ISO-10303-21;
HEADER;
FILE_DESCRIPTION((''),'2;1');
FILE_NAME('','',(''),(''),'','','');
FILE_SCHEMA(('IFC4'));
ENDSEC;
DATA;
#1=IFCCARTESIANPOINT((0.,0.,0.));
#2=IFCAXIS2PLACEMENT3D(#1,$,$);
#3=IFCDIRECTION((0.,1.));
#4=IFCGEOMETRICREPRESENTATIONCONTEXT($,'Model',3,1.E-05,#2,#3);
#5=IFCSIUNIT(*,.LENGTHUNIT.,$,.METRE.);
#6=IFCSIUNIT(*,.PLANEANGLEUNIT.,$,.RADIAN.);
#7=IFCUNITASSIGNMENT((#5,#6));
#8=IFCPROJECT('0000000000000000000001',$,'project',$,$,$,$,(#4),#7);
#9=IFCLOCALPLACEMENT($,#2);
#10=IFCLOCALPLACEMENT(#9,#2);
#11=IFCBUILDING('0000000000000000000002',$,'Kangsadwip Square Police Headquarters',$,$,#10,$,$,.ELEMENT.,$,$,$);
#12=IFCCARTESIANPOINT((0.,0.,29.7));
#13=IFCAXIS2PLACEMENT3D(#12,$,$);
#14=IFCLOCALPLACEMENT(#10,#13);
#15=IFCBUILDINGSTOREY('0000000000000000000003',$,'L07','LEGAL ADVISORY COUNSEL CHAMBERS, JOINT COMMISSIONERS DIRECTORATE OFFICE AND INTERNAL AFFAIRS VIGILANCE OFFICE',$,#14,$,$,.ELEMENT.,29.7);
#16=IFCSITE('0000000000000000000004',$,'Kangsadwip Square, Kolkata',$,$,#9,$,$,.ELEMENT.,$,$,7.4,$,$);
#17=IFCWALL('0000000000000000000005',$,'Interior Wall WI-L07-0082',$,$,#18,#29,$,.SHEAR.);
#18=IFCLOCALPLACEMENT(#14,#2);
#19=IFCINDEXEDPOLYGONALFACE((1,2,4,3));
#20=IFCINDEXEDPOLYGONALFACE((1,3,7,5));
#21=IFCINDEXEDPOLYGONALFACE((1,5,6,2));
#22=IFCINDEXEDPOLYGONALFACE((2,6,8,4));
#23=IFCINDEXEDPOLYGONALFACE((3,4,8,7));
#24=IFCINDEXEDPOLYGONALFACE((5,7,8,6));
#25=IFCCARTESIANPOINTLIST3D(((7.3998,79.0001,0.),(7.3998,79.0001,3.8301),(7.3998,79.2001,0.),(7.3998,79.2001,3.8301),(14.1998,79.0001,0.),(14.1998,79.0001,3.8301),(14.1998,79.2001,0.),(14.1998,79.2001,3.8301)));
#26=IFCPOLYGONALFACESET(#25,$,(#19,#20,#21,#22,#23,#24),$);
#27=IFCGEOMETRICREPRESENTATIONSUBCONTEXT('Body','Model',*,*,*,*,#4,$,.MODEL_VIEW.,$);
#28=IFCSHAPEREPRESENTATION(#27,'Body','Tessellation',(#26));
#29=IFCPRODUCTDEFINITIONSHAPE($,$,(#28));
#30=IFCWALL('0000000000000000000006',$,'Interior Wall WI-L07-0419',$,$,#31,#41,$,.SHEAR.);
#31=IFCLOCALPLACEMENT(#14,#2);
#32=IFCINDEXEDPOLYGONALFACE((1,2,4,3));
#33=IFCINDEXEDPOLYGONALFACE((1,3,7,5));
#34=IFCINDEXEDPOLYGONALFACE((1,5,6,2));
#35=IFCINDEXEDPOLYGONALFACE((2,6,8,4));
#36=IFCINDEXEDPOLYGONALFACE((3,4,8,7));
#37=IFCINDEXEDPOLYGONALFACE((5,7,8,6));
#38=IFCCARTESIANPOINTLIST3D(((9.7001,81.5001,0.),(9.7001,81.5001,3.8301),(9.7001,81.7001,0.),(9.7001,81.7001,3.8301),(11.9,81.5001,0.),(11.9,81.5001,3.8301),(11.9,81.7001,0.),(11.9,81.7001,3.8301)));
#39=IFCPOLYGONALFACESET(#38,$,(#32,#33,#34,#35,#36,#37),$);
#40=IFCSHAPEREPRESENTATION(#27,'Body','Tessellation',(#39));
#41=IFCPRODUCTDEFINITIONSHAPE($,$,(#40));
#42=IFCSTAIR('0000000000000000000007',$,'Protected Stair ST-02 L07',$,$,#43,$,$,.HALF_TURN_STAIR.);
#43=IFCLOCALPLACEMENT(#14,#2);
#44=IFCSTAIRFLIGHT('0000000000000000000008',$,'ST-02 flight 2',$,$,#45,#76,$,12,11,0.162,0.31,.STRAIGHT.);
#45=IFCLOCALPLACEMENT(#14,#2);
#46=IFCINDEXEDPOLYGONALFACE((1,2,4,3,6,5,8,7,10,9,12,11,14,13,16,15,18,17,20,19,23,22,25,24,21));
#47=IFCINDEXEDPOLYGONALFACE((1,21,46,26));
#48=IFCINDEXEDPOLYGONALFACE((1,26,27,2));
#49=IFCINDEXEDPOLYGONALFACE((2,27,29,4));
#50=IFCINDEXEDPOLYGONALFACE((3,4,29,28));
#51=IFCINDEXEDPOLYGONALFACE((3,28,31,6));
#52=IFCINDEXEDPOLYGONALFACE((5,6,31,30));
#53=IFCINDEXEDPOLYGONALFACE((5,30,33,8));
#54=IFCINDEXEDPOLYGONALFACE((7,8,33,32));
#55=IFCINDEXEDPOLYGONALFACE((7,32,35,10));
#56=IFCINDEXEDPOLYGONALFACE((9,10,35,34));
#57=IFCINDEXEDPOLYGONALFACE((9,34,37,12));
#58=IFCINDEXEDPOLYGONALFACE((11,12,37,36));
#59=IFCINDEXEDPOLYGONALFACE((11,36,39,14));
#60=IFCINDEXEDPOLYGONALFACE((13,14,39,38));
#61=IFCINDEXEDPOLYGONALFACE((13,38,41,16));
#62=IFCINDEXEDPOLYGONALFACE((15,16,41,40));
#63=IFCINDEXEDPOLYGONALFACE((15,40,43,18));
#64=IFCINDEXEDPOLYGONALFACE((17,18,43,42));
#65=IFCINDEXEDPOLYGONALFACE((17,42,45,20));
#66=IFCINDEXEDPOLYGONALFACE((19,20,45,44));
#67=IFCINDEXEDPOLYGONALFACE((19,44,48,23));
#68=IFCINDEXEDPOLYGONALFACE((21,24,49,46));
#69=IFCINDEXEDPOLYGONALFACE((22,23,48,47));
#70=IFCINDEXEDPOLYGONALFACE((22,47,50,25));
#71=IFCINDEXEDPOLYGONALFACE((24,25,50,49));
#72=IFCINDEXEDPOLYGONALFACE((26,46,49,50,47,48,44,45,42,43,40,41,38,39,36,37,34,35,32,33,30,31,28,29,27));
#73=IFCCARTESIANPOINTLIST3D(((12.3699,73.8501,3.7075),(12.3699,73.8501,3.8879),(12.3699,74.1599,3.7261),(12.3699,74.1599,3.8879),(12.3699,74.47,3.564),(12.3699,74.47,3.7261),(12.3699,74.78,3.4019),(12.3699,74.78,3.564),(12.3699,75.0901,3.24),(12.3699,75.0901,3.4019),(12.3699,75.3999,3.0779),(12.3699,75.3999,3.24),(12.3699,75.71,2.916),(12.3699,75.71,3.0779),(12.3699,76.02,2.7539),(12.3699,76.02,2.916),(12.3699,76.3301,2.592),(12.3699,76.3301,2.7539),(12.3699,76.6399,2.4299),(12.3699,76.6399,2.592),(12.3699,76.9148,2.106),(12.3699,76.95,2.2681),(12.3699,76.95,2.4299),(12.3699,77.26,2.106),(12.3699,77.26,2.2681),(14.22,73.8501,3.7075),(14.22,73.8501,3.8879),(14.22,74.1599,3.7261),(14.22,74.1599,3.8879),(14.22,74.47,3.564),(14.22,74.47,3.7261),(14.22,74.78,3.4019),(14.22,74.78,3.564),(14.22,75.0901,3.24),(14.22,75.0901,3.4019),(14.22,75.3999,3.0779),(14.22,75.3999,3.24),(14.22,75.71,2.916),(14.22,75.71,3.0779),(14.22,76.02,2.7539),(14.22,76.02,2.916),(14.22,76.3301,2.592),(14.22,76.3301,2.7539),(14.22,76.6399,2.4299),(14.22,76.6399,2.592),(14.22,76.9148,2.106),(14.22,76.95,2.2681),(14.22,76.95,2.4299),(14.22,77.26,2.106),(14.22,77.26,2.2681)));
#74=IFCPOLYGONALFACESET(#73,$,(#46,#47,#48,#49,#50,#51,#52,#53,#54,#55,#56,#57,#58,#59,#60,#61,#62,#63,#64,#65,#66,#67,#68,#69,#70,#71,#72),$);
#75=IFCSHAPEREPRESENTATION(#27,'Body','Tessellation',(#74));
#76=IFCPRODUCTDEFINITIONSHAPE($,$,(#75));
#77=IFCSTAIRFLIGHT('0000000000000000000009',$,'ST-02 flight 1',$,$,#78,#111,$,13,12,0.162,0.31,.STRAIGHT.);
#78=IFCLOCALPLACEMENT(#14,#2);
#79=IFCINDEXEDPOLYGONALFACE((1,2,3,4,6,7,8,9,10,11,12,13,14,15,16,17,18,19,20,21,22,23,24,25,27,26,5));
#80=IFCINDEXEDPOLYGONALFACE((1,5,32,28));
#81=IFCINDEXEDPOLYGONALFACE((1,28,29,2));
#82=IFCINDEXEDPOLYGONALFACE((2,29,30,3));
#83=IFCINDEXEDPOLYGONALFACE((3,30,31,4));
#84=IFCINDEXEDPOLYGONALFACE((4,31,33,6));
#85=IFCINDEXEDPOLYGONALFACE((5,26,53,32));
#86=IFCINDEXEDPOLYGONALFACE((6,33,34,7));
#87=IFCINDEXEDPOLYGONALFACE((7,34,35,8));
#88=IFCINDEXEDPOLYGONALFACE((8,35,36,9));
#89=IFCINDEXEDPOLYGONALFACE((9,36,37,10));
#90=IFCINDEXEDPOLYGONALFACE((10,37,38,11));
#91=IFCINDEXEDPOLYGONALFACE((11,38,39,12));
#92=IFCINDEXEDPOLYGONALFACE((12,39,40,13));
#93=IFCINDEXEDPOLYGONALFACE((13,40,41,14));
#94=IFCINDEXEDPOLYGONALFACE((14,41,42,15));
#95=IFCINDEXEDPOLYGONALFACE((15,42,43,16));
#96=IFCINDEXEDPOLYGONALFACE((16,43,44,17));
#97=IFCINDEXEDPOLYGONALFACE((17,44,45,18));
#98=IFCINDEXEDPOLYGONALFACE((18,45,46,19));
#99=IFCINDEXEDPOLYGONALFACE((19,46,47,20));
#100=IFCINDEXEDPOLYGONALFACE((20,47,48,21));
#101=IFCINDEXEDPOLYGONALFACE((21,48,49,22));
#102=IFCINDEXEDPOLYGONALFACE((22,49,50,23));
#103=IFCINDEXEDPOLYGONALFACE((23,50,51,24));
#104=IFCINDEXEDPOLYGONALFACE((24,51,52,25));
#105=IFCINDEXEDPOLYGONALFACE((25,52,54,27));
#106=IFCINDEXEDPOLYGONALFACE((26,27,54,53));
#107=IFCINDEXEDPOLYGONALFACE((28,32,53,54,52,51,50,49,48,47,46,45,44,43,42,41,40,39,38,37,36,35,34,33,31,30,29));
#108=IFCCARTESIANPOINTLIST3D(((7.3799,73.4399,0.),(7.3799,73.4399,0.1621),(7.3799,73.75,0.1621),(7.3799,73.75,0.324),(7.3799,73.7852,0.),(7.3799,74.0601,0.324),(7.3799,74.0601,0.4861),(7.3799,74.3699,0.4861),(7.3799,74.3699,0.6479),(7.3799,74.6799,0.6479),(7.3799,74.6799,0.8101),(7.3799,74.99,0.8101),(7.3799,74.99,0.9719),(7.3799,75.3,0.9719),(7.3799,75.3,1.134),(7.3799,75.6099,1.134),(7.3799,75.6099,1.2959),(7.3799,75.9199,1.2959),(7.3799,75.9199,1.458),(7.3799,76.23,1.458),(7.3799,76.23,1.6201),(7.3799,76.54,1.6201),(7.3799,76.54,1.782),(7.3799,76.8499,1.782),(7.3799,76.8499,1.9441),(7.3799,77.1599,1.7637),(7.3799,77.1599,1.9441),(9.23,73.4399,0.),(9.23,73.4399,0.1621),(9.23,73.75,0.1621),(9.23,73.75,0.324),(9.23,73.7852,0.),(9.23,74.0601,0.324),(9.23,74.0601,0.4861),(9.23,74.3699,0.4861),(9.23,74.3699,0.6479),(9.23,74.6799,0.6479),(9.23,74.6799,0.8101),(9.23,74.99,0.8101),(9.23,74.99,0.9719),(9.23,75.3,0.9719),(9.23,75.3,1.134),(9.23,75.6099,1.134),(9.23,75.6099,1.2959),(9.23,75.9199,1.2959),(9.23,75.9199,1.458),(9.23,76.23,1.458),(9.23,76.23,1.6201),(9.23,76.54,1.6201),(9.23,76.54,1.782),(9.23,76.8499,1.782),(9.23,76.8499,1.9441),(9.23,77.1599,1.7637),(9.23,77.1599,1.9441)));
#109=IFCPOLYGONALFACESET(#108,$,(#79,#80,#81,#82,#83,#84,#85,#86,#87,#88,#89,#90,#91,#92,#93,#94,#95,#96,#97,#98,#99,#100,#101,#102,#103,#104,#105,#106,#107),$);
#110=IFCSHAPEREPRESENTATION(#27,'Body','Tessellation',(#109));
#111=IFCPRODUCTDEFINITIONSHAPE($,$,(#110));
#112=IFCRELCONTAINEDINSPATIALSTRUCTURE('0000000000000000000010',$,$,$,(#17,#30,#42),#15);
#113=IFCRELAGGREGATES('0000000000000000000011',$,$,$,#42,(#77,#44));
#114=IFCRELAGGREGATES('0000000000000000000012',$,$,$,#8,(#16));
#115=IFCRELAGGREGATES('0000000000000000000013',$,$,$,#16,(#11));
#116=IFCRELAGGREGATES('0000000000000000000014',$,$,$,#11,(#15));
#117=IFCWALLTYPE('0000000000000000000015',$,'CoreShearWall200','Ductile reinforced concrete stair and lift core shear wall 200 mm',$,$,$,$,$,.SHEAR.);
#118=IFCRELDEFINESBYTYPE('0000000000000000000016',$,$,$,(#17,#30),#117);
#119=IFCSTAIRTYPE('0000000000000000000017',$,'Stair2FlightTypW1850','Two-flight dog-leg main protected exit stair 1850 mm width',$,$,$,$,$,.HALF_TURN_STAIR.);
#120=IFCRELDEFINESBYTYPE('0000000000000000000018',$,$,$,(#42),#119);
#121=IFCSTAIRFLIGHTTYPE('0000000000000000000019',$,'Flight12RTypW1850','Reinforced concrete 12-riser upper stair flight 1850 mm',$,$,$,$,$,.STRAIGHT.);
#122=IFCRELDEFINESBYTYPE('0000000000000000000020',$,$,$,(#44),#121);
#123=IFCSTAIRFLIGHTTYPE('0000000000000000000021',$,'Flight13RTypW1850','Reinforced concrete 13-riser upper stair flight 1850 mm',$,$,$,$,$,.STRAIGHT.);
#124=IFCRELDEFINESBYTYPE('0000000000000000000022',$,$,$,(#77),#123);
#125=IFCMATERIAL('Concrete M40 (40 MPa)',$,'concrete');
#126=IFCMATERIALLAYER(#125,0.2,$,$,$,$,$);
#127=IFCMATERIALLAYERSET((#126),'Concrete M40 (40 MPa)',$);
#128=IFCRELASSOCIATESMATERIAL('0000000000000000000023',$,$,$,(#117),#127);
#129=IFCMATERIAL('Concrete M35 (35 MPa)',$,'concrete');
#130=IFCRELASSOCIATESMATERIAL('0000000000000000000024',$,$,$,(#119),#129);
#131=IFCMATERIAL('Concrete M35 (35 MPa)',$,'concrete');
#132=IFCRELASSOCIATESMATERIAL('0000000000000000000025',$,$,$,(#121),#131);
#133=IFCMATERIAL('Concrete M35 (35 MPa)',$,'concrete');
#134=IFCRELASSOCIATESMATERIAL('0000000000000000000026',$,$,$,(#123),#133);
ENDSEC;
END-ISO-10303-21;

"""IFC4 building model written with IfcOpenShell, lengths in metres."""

from ifc_helpers import new_model, si_unit, direction, frame, frame_2d, origin, place, context, subcontext, project, spatial, polyline, rectangle, outline, extrude, material, layer, layer_set, type_object, element, aggregate, save


model = new_model("IFC4")

# Units and contexts
model_context = context("Model", 3, precision=1e-05, world=origin(), true_north=direction((0.0, 1.0)))
body_context = subcontext(model_context, "Body", "Model", "MODEL_VIEW")
ifc_project = project(units=[si_unit("LENGTHUNIT", "METRE"), si_unit("PLANEANGLEUNIT", "RADIAN")], contexts=[model_context])

# Site, building, storey
site_placement = place(None, origin())
site = spatial("IfcSite", under=ifc_project, at=site_placement, Name="Kangsadwip Square, Kolkata", CompositionType="ELEMENT", RefElevation=7.4)
building_placement = place(site_placement, origin())
building = spatial("IfcBuilding", under=site, at=building_placement, Name="Kangsadwip Square Police Headquarters", CompositionType="ELEMENT")
storey_placement = place(building_placement, frame((0.0, 0.0, 29.7)))
storey = spatial("IfcBuildingStorey", under=building, at=storey_placement, Name="L07", Description="LEGAL ADVISORY COUNSEL CHAMBERS, JOINT COMMISSIONERS DIRECTORATE OFFICE AND INTERNAL AFFAIRS VIGILANCE OFFICE", CompositionType="ELEMENT", Elevation=29.7)

# Walls
ifc_material_1 = material(Name="Concrete M40 (40 MPa)", Category="concrete")
ifc_layer_1 = layer(ifc_material_1, 0.2)
ifc_layer_set_1 = layer_set([ifc_layer_1], Name="Concrete M40 (40 MPa)")
wall_type_1 = type_object("IfcWallType", Name="CoreShearWall200", Description="Ductile reinforced concrete stair and lift core shear wall 200 mm", PredefinedType="SHEAR", material=ifc_layer_set_1)
wall_1_placement = place(storey_placement, frame((7.3999, 79.1001, 0.0), z_axis=(0.0, 0.0, 1.0), x_axis=(1.0, 0.0, 0.0)))
element("IfcWall", 1, at=wall_1_placement, inside=storey, type_object=wall_type_1, Name="Interior Wall WI-L07-0082", PredefinedType="SHEAR", context=body_context, shape_type="SweptSolid", body=[
    extrude(rectangle(XDim=6.8, YDim=0.2, at=frame_2d((3.3999, 0.0))), origin(), (0.0, 0.0, 1.0), 3.8301),
])
wall_2_placement = place(storey_placement, frame((9.7, 81.6001, 0.0), z_axis=(0.0, 0.0, 1.0), x_axis=(1.0, 0.0, 0.0)))
element("IfcWall", 2, at=wall_2_placement, inside=storey, type_object=wall_type_1, Name="Interior Wall WI-L07-0419", PredefinedType="SHEAR", context=body_context, shape_type="SweptSolid", body=[
    extrude(rectangle(XDim=2.2, YDim=0.2, at=frame_2d((1.1001, 0.0))), origin(), (0.0, 0.0, 1.0), 3.8301),
])

# Stair, stair flights
ifc_material_2 = material(Name="Concrete M35 (35 MPa)", Category="concrete")
stair_type = type_object("IfcStairType", Name="Stair2FlightTypW1850", Description="Two-flight dog-leg main protected exit stair 1850 mm width", PredefinedType="HALF_TURN_STAIR", material=ifc_material_2)
stair_placement = place(storey_placement, origin())
stair = element("IfcStair", 3, at=stair_placement, inside=storey, type_object=stair_type, Name="Protected Stair ST-02 L07", PredefinedType="HALF_TURN_STAIR")
ifc_material_3 = material(Name="Concrete M35 (35 MPa)", Category="concrete")
stair_flight_type_1 = type_object("IfcStairFlightType", Name="Flight12RTypW1850", Description="Reinforced concrete 12-riser upper stair flight 1850 mm", PredefinedType="STRAIGHT", material=ifc_material_3)
stair_flight_1_placement = place(storey_placement, frame((13.2949, 77.26, 2.106), z_axis=(0.0, 0.0, 1.0), x_axis=(0.0, -1.0, 0.0)))
stair_flight_1 = element("IfcStairFlight", 4, at=stair_flight_1_placement, type_object=stair_flight_type_1, Name="ST-02 flight 2", NumberOfRisers=12, NumberOfTreads=11, PredefinedType="STRAIGHT", RiserHeight=0.162, TreadLength=0.31, context=body_context, shape_type="SweptSolid", body=[
    extrude(outline(polyline([(0.0, 0.0), (0.0, 0.1621), (0.3101, 0.1621), (0.3101, 0.324), (0.6201, 0.324), (0.6201, 0.4861), (0.9299, 0.4861), (0.9299, 0.6479), (1.24, 0.6479), (1.24, 0.8101), (1.55, 0.8101), (1.55, 0.9719), (1.8601, 0.9719), (1.8601, 1.134), (2.1699, 1.134), (2.1699, 1.2959), (2.48, 1.2959), (2.48, 1.458), (2.79, 1.458), (2.79, 1.6201), (3.1001, 1.6201), (3.1001, 1.782), (3.4099, 1.782), (3.4099, 1.9441), (3.4099, 1.6016), (0.3452, 0.0), (0.0, 0.0)])), frame((0.0, 0.925, 0.0), z_axis=(0.0, -1.0, 0.0), x_axis=(1.0, 0.0, 0.0)), (0.0, 0.0, 1.0), 1.8501),
])
ifc_material_4 = material(Name="Concrete M35 (35 MPa)", Category="concrete")
stair_flight_type_2 = type_object("IfcStairFlightType", Name="Flight13RTypW1850", Description="Reinforced concrete 13-riser upper stair flight 1850 mm", PredefinedType="STRAIGHT", material=ifc_material_4)
stair_flight_2_placement = place(storey_placement, frame((8.3049, 73.4399, 0.0), z_axis=(0.0, 0.0, 1.0), x_axis=(0.0, 1.0, 0.0)))
stair_flight_2 = element("IfcStairFlight", 5, at=stair_flight_2_placement, type_object=stair_flight_type_2, Name="ST-02 flight 1", NumberOfRisers=13, NumberOfTreads=12, PredefinedType="STRAIGHT", RiserHeight=0.162, TreadLength=0.31, context=body_context, shape_type="SweptSolid", body=[
    extrude(outline(polyline([(0.0, 0.0), (0.0, 0.1621), (0.3101, 0.1621), (0.3101, 0.324), (0.6201, 0.324), (0.6201, 0.4861), (0.9299, 0.4861), (0.9299, 0.6479), (1.24, 0.6479), (1.24, 0.8101), (1.55, 0.8101), (1.55, 0.9719), (1.8601, 0.9719), (1.8601, 1.134), (2.1699, 1.134), (2.1699, 1.2959), (2.48, 1.2959), (2.48, 1.458), (2.79, 1.458), (2.79, 1.6201), (3.1001, 1.6201), (3.1001, 1.782), (3.4099, 1.782), (3.4099, 1.9441), (3.72, 1.9441), (3.72, 2.106), (3.72, 1.7637), (0.3452, 0.0), (0.0, 0.0)])), frame((0.0, 0.925, 0.0), z_axis=(0.0, -1.0, 0.0), x_axis=(1.0, 0.0, 0.0)), (0.0, 0.0, 1.0), 1.8501),
])
aggregate(stair, [stair_flight_2, stair_flight_1])

save(model, "model.ifc")
